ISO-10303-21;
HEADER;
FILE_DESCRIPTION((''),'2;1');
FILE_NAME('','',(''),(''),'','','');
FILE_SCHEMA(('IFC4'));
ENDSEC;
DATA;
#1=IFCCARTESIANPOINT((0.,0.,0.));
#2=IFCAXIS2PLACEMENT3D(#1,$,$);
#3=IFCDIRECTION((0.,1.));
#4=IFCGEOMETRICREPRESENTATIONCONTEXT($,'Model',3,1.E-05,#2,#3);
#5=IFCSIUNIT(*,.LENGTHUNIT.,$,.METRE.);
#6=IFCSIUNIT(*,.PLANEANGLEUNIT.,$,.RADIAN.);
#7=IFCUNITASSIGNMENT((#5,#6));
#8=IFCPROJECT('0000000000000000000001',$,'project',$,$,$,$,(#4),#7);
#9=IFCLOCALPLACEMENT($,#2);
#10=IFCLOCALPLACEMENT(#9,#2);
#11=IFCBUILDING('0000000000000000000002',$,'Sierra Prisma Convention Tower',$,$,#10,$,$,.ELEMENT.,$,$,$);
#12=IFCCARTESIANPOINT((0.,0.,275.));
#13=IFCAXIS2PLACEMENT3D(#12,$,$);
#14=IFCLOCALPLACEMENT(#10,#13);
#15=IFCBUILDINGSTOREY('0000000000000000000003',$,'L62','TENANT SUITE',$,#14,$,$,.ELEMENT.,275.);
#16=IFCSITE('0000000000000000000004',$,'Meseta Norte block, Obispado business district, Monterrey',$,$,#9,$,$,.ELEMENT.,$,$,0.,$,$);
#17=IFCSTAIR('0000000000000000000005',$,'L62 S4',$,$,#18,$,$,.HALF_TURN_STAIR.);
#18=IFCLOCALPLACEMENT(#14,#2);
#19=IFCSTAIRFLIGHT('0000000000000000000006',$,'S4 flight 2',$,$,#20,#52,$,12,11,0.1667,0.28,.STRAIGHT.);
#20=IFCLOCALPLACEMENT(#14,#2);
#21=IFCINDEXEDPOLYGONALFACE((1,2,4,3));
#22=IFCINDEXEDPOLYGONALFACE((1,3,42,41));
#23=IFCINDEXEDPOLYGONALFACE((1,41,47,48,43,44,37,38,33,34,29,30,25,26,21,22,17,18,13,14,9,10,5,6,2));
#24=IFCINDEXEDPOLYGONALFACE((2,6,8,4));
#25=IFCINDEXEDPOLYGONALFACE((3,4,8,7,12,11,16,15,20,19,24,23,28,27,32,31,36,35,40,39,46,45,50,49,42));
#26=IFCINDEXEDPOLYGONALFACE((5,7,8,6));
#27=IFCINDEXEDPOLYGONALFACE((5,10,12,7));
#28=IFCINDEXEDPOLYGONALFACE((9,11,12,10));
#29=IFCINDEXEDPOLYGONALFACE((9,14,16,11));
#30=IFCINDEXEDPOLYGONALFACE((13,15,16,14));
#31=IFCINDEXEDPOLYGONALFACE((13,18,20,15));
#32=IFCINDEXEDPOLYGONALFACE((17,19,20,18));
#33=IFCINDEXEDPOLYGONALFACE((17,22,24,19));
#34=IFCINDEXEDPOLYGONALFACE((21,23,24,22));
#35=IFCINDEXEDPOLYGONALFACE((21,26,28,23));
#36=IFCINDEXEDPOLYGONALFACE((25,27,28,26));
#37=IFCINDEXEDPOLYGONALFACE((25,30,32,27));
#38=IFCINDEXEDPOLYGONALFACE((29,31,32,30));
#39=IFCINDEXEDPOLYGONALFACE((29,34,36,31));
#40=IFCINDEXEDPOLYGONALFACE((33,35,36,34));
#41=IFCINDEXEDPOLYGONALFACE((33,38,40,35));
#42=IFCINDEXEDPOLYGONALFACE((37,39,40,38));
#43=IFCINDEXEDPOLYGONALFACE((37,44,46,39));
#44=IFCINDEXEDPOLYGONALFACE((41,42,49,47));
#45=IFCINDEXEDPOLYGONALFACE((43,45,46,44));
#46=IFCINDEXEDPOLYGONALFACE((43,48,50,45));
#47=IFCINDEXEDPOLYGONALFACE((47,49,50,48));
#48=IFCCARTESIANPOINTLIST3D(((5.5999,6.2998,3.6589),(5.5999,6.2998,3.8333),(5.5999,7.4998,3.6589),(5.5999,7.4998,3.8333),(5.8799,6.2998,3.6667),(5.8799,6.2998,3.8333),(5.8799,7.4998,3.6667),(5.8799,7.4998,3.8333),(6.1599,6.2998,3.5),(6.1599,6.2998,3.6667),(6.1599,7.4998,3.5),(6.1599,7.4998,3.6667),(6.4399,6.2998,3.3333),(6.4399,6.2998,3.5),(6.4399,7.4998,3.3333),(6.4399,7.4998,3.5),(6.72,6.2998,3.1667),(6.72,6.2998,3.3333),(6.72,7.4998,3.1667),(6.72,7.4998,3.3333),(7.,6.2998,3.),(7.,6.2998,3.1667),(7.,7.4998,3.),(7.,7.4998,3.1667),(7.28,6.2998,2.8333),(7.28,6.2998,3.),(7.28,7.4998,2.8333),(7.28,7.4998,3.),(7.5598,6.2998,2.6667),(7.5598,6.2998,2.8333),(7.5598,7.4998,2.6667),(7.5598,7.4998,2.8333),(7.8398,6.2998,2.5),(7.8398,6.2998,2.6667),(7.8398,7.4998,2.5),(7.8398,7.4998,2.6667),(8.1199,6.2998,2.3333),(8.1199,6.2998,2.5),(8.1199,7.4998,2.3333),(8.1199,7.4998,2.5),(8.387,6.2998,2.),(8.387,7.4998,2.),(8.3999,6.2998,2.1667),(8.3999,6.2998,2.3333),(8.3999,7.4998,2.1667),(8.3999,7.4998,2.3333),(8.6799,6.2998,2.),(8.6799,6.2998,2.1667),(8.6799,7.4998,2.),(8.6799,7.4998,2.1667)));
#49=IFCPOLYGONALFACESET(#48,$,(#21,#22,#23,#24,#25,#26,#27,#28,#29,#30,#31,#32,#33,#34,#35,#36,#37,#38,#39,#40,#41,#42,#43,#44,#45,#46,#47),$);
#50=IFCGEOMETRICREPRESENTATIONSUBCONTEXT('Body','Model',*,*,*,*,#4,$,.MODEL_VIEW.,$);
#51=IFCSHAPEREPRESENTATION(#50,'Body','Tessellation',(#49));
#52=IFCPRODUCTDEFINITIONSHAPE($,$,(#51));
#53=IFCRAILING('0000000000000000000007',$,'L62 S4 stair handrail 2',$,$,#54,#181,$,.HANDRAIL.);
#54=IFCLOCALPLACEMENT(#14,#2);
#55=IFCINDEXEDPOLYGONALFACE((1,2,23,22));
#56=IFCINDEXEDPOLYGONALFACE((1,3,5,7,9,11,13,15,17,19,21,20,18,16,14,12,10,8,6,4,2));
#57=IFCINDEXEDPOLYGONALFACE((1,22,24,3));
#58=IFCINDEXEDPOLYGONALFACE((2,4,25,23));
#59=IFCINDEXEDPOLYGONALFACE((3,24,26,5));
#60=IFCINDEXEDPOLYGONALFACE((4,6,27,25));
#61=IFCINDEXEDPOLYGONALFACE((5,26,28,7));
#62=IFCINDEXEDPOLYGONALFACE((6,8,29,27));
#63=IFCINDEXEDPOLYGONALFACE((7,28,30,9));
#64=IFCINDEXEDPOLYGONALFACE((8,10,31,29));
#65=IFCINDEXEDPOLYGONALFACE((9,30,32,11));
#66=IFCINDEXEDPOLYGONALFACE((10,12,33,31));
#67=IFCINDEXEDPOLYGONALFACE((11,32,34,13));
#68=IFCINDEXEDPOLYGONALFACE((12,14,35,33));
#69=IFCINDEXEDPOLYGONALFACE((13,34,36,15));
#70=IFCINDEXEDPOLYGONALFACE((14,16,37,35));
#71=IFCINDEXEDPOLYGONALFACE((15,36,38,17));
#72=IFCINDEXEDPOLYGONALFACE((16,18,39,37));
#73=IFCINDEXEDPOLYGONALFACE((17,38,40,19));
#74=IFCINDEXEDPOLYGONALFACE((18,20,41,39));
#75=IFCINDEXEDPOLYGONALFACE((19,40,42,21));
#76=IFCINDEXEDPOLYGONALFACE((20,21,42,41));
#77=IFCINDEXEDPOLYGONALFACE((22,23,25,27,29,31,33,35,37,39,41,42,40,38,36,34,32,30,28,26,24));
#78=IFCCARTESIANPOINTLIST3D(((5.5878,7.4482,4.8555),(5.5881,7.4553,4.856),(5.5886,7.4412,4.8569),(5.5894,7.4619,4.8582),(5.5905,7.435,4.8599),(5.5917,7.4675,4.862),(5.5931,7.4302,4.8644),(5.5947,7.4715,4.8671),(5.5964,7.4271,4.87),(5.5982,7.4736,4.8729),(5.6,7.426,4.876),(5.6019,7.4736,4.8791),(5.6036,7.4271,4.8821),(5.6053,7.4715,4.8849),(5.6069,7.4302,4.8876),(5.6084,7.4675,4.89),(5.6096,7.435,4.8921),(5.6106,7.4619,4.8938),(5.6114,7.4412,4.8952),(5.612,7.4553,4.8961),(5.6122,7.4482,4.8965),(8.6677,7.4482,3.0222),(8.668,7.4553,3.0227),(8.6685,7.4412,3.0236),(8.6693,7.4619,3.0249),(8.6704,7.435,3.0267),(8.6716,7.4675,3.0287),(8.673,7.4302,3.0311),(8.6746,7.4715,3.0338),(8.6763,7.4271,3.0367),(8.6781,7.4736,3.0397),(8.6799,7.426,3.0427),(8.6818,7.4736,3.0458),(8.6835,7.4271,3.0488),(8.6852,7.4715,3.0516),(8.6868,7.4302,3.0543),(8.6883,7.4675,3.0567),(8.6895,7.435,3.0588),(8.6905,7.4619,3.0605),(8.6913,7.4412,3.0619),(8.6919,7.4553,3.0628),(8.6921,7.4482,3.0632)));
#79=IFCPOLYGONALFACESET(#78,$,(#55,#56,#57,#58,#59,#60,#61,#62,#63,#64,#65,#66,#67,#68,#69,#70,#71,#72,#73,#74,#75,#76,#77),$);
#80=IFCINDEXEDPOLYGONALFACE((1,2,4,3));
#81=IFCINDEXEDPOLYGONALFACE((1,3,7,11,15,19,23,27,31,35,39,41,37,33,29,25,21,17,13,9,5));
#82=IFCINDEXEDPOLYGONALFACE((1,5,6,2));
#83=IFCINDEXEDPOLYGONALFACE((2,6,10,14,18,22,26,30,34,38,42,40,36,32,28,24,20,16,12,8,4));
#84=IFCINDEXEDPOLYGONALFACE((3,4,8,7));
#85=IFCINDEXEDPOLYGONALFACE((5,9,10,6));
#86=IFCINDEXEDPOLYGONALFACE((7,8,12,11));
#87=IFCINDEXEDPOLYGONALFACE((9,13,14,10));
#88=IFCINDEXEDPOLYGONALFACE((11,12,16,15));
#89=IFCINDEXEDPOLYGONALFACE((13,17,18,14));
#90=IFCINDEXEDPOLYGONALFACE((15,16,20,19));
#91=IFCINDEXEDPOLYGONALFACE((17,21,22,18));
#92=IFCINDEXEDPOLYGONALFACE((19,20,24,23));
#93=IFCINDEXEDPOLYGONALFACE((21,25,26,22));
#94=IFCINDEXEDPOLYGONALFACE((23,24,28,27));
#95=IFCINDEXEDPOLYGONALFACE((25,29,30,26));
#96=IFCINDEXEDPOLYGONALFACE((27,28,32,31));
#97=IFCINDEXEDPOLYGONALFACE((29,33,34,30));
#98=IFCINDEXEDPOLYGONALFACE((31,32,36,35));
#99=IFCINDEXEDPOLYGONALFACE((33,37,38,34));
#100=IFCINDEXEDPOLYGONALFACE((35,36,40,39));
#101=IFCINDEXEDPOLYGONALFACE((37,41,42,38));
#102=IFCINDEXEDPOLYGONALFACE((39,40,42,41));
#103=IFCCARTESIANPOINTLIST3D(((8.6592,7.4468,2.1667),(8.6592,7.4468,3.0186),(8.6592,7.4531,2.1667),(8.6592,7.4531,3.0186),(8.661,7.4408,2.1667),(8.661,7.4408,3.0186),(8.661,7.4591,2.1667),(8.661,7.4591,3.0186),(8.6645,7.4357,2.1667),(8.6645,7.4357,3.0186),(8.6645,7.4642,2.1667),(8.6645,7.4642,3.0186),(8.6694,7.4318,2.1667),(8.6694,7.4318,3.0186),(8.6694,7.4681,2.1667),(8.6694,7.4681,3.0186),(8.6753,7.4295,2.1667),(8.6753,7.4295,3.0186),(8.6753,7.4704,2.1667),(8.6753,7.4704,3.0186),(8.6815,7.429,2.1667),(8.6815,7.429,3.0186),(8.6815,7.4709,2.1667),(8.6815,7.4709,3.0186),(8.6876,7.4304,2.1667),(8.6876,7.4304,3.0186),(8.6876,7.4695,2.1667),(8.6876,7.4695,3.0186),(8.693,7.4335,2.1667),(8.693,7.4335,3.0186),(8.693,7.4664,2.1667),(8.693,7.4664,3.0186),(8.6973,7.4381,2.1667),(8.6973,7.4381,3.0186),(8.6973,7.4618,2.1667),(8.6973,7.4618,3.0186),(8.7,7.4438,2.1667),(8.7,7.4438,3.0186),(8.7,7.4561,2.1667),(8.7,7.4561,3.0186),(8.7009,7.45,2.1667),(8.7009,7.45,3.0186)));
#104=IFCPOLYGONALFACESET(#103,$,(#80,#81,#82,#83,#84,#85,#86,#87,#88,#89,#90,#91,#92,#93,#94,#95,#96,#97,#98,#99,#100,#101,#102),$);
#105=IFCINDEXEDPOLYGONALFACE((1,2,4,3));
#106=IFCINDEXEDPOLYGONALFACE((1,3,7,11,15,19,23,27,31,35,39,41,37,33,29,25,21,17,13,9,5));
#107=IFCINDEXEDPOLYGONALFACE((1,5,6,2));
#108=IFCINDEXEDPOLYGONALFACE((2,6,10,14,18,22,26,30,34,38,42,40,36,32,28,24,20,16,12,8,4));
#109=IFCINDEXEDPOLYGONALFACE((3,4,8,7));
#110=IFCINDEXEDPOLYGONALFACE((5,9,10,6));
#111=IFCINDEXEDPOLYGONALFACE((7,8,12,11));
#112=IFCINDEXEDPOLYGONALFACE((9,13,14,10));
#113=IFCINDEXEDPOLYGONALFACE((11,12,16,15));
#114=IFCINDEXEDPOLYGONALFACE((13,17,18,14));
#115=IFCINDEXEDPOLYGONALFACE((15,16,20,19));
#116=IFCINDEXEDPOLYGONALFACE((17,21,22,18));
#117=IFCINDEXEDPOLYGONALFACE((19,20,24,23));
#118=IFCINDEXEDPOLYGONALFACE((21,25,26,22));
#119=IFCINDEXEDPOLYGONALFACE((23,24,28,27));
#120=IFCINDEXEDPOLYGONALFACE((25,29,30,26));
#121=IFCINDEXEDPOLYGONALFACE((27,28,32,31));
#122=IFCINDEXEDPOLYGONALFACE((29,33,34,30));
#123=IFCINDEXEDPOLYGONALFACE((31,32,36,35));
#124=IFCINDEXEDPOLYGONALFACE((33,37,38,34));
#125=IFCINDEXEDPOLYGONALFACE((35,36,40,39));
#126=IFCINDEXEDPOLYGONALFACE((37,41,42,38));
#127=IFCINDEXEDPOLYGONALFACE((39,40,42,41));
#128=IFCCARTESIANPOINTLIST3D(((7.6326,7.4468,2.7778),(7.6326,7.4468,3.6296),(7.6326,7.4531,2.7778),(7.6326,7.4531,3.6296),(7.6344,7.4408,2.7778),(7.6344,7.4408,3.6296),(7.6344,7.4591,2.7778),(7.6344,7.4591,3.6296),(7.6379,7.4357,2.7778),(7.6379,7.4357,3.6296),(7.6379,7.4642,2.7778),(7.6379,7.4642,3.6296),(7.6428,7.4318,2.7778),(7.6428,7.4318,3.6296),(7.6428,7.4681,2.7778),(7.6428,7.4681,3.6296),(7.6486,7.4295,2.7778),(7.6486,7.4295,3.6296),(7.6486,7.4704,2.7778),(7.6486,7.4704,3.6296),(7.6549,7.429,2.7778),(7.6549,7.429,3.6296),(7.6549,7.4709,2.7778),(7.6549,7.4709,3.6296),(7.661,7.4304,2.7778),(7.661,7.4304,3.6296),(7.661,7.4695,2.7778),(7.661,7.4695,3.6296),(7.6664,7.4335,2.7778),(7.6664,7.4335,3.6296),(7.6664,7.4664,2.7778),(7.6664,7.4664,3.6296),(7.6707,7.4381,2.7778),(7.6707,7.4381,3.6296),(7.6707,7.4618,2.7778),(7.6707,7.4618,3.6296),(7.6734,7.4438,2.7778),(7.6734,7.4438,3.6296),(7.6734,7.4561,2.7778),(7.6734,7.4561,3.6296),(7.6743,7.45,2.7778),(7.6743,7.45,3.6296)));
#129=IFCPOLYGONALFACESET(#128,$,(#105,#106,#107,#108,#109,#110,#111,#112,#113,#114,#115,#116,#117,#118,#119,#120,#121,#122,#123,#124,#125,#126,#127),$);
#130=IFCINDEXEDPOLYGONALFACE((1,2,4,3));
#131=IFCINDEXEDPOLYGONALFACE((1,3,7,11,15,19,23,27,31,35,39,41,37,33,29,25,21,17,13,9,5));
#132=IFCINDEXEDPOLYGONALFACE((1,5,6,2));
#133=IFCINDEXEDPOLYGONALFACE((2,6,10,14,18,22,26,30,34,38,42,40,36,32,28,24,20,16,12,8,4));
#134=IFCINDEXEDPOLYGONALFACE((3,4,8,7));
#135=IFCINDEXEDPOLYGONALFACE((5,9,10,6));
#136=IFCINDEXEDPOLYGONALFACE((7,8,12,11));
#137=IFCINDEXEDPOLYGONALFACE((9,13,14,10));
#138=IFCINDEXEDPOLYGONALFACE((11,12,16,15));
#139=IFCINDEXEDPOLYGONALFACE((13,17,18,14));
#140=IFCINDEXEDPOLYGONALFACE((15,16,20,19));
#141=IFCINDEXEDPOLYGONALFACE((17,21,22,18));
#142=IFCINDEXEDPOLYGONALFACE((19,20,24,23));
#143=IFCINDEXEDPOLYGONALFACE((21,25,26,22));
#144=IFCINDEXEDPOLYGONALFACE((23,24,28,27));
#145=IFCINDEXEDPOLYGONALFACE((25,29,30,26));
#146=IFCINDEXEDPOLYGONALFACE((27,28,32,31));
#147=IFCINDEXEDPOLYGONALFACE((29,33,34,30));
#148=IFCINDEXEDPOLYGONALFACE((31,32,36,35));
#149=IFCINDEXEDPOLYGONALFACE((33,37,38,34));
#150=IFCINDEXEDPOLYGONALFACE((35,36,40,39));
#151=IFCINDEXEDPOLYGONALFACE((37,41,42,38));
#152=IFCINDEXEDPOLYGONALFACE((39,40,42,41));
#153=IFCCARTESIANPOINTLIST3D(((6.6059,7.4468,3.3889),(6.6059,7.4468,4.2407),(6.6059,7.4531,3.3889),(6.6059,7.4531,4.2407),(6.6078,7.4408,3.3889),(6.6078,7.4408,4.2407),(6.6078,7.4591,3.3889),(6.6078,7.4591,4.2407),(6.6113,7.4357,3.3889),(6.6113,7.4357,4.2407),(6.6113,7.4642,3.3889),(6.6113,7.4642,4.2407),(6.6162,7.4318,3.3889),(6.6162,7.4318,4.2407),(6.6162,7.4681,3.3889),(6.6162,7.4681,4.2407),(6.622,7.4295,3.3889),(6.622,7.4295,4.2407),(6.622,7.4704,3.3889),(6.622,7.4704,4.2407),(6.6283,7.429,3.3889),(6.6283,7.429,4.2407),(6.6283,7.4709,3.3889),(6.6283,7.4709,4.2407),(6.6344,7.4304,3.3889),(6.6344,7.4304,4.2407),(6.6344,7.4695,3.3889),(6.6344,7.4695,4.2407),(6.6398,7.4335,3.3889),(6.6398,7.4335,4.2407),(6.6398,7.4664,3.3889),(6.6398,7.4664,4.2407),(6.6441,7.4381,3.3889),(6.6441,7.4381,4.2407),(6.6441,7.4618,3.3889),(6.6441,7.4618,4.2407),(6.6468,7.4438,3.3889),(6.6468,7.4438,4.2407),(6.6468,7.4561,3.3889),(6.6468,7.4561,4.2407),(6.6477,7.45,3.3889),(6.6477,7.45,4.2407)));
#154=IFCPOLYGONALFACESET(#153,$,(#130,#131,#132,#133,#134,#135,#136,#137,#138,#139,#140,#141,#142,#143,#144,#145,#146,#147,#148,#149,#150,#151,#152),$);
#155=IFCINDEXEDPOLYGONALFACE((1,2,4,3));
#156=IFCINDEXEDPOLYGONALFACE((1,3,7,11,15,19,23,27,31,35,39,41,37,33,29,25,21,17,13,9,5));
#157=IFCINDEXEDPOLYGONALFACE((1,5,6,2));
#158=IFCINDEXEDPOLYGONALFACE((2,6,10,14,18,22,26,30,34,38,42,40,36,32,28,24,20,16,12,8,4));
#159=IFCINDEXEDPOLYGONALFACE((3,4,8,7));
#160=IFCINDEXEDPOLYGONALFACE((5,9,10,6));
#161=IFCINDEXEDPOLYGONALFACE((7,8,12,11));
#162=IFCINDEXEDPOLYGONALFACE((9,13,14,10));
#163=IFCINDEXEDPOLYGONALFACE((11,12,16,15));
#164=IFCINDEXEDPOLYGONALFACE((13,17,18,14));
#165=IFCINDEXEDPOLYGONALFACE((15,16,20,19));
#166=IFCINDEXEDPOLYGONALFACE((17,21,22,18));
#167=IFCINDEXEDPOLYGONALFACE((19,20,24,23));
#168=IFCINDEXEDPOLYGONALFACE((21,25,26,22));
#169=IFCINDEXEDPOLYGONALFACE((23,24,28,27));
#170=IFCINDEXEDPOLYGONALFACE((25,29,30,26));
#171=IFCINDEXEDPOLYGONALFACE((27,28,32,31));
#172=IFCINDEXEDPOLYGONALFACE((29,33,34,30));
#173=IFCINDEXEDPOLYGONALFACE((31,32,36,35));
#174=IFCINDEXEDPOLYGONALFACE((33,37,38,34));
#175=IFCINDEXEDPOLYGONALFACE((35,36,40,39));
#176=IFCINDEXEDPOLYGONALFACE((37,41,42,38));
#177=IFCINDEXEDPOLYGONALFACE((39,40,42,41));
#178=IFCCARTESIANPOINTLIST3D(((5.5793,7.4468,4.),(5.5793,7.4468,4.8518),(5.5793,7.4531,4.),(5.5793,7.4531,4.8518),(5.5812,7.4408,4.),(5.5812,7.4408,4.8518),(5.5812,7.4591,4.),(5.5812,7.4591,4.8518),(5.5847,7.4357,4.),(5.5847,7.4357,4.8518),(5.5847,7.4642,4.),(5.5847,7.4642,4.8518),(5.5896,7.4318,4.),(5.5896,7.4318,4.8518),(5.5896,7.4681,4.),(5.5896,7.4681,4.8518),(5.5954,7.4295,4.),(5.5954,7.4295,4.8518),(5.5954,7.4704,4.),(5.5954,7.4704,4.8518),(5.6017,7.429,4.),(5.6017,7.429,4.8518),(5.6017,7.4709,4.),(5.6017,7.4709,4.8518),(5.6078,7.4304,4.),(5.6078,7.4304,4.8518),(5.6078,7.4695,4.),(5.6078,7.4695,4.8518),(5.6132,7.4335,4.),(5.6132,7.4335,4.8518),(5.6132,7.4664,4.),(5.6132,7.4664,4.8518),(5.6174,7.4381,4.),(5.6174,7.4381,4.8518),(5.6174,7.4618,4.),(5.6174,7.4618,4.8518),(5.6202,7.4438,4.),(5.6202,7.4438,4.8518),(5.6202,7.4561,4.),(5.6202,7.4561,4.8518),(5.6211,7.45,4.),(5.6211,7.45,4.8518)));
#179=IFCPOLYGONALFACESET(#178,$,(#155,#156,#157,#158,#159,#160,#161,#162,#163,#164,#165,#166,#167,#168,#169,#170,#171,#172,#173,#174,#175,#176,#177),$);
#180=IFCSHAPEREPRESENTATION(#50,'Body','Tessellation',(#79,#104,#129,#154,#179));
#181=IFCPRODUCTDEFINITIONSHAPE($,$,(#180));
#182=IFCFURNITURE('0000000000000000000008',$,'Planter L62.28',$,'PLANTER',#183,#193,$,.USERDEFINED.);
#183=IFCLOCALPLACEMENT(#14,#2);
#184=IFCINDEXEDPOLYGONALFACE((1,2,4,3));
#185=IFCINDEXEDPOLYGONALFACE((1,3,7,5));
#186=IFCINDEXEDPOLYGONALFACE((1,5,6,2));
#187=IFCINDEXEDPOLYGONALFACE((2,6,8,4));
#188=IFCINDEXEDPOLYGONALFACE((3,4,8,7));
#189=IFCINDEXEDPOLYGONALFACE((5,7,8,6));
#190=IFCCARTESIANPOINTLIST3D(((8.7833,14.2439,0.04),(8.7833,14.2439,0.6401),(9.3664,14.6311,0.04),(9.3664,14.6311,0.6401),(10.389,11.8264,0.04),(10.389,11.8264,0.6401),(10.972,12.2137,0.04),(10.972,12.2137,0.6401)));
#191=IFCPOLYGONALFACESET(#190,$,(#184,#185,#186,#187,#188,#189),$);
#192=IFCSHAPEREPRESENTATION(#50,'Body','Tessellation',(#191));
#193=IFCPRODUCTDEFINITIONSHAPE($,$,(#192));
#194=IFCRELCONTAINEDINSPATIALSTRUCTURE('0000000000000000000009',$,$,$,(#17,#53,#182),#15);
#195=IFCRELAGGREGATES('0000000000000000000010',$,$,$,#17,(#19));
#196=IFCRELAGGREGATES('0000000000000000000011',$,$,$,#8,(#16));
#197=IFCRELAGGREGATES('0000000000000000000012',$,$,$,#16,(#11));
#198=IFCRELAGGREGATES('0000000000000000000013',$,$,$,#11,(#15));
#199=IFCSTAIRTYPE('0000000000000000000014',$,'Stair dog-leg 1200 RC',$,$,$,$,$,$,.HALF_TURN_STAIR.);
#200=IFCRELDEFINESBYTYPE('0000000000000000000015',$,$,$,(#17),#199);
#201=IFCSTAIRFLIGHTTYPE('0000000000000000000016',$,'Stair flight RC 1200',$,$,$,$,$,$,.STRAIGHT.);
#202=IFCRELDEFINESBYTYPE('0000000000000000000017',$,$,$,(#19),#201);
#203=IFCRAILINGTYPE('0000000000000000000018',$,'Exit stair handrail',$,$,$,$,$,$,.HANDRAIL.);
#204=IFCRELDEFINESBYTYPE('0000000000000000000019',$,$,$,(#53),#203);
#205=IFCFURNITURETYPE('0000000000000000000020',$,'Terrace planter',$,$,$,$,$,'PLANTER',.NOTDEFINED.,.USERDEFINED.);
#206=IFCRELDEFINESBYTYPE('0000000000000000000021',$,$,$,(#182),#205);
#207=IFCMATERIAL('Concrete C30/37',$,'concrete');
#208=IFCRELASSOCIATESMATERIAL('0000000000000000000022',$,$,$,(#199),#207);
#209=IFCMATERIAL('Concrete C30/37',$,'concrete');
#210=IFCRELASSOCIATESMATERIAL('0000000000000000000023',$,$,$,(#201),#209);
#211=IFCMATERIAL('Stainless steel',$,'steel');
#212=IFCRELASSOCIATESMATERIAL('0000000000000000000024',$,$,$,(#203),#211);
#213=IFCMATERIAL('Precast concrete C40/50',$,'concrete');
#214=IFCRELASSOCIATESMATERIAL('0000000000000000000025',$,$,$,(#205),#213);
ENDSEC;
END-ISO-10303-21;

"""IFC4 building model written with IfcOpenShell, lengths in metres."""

from ifc_helpers import new_model, si_unit, direction, frame, origin, origin_2d, place, context, subcontext, project, spatial, polyline, rectangle, circle, outline, extrude, material, type_object, element, aggregate, save


model = new_model("IFC4")

# Units and contexts
model_context = context("Model", 3, precision=1e-05, world=origin(), true_north=direction((0.0, 1.0)))
body_context = subcontext(model_context, "Body", "Model", "MODEL_VIEW")
ifc_project = project(units=[si_unit("LENGTHUNIT", "METRE"), si_unit("PLANEANGLEUNIT", "RADIAN")], contexts=[model_context])

# Site, building, storey
site_placement = place(None, origin())
site = spatial("IfcSite", under=ifc_project, at=site_placement, Name="Meseta Norte block, Obispado business district, Monterrey", CompositionType="ELEMENT", RefElevation=0.0)
building_placement = place(site_placement, origin())
building = spatial("IfcBuilding", under=site, at=building_placement, Name="Sierra Prisma Convention Tower", CompositionType="ELEMENT")
storey_placement = place(building_placement, frame((0.0, 0.0, 275.0)))
storey = spatial("IfcBuildingStorey", under=building, at=storey_placement, Name="L62", Description="TENANT SUITE", CompositionType="ELEMENT", Elevation=275.0)

# Stair, stair flight
ifc_material_1 = material(Name="Concrete C30/37", Category="concrete")
stair_type = type_object("IfcStairType", Name="Stair dog-leg 1200 RC", PredefinedType="HALF_TURN_STAIR", material=ifc_material_1)
stair_placement = place(storey_placement, origin())
stair = element("IfcStair", 1, at=stair_placement, inside=storey, type_object=stair_type, Name="L62 S4", PredefinedType="HALF_TURN_STAIR")
ifc_material_2 = material(Name="Concrete C30/37", Category="concrete")
stair_flight_type = type_object("IfcStairFlightType", Name="Stair flight RC 1200", PredefinedType="STRAIGHT", material=ifc_material_2)
stair_flight_placement = place(storey_placement, frame((8.6799, 6.8999, 2.0), z_axis=(0.0, 0.0, 1.0), x_axis=(-1.0, 0.0, 0.0)))
stair_flight = element("IfcStairFlight", 2, at=stair_flight_placement, type_object=stair_flight_type, Name="S4 flight 2", NumberOfRisers=12, NumberOfTreads=11, PredefinedType="STRAIGHT", RiserHeight=0.1667, TreadLength=0.28, context=body_context, shape_type="SweptSolid", body=[
    extrude(outline(polyline([(0.0, 0.0), (0.0, 0.1667), (0.28, 0.1667), (0.28, 0.3333), (0.5601, 0.3333), (0.5601, 0.5), (0.8401, 0.5), (0.8401, 0.6667), (1.1201, 0.6667), (1.1201, 0.8333), (1.3999, 0.8333), (1.3999, 1.0), (1.6799, 1.0), (1.6799, 1.1667), (1.96, 1.1667), (1.96, 1.3333), (2.24, 1.3333), (2.24, 1.5), (2.52, 1.5), (2.52, 1.6667), (2.8, 1.6667), (2.8, 1.8333), (3.0801, 1.8333), (3.0801, 2.0), (3.0801, 1.6589), (0.293, 0.0), (0.0, 0.0)])), frame((0.0, 0.6001, 0.0), z_axis=(0.0, -1.0, 0.0), x_axis=(1.0, 0.0, 0.0)), (0.0, 0.0, 1.0), 1.2),
])
aggregate(stair, [stair_flight])

# Railing
ifc_material_3 = material(Name="Stainless steel", Category="steel")
railing_type = type_object("IfcRailingType", Name="Exit stair handrail", PredefinedType="HANDRAIL", material=ifc_material_3)
railing_placement = place(storey_placement, frame((8.6799, 7.45, 2.1667)))
element("IfcRailing", 3, at=railing_placement, inside=storey, type_object=railing_type, Name="L62 S4 stair handrail 2", PredefinedType="HANDRAIL", context=body_context, shape_type="SweptSolid", body=[
    extrude(circle(Radius=0.0239, at=origin_2d()), frame((0.0, 0.0, 0.876), z_axis=(-0.859291, 0.0, 0.511487), x_axis=(0.0, -1.0, 0.0)), (0.0, 0.0, 1.0), 3.5842),
    extrude(circle(Radius=0.021, at=origin_2d()), origin(), (0.0, 0.0, 1.0), 0.8518),
    extrude(circle(Radius=0.021, at=origin_2d()), frame((-1.0266, 0.0, 0.6111)), (0.0, 0.0, 1.0), 0.8518),
    extrude(circle(Radius=0.021, at=origin_2d()), frame((-2.0532, 0.0, 1.2222)), (0.0, 0.0, 1.0), 0.8518),
    extrude(circle(Radius=0.021, at=origin_2d()), frame((-3.0798, 0.0, 1.8333)), (0.0, 0.0, 1.0), 0.8518),
])

# Furniture
ifc_material_4 = material(Name="Precast concrete C40/50", Category="concrete")
furniture_type = type_object("IfcFurnitureType", Name="Terrace planter", ElementType="PLANTER", AssemblyPlace="NOTDEFINED", PredefinedType="USERDEFINED", material=ifc_material_4)
furniture_placement = place(storey_placement, frame((9.8777, 13.2288, 0.04), z_axis=(0.0, 0.0, 1.0), x_axis=(-0.553268, 0.833003, 0.0)))
element("IfcFurniture", 4, at=furniture_placement, inside=storey, type_object=furniture_type, Name="Planter L62.28", ObjectType="PLANTER", PredefinedType="USERDEFINED", context=body_context, shape_type="SweptSolid", body=[
    extrude(rectangle(XDim=2.9021, YDim=0.7, at=origin_2d()), origin(), (0.0, 0.0, 1.0), 0.6001),
])

save(model, "model.ifc")
